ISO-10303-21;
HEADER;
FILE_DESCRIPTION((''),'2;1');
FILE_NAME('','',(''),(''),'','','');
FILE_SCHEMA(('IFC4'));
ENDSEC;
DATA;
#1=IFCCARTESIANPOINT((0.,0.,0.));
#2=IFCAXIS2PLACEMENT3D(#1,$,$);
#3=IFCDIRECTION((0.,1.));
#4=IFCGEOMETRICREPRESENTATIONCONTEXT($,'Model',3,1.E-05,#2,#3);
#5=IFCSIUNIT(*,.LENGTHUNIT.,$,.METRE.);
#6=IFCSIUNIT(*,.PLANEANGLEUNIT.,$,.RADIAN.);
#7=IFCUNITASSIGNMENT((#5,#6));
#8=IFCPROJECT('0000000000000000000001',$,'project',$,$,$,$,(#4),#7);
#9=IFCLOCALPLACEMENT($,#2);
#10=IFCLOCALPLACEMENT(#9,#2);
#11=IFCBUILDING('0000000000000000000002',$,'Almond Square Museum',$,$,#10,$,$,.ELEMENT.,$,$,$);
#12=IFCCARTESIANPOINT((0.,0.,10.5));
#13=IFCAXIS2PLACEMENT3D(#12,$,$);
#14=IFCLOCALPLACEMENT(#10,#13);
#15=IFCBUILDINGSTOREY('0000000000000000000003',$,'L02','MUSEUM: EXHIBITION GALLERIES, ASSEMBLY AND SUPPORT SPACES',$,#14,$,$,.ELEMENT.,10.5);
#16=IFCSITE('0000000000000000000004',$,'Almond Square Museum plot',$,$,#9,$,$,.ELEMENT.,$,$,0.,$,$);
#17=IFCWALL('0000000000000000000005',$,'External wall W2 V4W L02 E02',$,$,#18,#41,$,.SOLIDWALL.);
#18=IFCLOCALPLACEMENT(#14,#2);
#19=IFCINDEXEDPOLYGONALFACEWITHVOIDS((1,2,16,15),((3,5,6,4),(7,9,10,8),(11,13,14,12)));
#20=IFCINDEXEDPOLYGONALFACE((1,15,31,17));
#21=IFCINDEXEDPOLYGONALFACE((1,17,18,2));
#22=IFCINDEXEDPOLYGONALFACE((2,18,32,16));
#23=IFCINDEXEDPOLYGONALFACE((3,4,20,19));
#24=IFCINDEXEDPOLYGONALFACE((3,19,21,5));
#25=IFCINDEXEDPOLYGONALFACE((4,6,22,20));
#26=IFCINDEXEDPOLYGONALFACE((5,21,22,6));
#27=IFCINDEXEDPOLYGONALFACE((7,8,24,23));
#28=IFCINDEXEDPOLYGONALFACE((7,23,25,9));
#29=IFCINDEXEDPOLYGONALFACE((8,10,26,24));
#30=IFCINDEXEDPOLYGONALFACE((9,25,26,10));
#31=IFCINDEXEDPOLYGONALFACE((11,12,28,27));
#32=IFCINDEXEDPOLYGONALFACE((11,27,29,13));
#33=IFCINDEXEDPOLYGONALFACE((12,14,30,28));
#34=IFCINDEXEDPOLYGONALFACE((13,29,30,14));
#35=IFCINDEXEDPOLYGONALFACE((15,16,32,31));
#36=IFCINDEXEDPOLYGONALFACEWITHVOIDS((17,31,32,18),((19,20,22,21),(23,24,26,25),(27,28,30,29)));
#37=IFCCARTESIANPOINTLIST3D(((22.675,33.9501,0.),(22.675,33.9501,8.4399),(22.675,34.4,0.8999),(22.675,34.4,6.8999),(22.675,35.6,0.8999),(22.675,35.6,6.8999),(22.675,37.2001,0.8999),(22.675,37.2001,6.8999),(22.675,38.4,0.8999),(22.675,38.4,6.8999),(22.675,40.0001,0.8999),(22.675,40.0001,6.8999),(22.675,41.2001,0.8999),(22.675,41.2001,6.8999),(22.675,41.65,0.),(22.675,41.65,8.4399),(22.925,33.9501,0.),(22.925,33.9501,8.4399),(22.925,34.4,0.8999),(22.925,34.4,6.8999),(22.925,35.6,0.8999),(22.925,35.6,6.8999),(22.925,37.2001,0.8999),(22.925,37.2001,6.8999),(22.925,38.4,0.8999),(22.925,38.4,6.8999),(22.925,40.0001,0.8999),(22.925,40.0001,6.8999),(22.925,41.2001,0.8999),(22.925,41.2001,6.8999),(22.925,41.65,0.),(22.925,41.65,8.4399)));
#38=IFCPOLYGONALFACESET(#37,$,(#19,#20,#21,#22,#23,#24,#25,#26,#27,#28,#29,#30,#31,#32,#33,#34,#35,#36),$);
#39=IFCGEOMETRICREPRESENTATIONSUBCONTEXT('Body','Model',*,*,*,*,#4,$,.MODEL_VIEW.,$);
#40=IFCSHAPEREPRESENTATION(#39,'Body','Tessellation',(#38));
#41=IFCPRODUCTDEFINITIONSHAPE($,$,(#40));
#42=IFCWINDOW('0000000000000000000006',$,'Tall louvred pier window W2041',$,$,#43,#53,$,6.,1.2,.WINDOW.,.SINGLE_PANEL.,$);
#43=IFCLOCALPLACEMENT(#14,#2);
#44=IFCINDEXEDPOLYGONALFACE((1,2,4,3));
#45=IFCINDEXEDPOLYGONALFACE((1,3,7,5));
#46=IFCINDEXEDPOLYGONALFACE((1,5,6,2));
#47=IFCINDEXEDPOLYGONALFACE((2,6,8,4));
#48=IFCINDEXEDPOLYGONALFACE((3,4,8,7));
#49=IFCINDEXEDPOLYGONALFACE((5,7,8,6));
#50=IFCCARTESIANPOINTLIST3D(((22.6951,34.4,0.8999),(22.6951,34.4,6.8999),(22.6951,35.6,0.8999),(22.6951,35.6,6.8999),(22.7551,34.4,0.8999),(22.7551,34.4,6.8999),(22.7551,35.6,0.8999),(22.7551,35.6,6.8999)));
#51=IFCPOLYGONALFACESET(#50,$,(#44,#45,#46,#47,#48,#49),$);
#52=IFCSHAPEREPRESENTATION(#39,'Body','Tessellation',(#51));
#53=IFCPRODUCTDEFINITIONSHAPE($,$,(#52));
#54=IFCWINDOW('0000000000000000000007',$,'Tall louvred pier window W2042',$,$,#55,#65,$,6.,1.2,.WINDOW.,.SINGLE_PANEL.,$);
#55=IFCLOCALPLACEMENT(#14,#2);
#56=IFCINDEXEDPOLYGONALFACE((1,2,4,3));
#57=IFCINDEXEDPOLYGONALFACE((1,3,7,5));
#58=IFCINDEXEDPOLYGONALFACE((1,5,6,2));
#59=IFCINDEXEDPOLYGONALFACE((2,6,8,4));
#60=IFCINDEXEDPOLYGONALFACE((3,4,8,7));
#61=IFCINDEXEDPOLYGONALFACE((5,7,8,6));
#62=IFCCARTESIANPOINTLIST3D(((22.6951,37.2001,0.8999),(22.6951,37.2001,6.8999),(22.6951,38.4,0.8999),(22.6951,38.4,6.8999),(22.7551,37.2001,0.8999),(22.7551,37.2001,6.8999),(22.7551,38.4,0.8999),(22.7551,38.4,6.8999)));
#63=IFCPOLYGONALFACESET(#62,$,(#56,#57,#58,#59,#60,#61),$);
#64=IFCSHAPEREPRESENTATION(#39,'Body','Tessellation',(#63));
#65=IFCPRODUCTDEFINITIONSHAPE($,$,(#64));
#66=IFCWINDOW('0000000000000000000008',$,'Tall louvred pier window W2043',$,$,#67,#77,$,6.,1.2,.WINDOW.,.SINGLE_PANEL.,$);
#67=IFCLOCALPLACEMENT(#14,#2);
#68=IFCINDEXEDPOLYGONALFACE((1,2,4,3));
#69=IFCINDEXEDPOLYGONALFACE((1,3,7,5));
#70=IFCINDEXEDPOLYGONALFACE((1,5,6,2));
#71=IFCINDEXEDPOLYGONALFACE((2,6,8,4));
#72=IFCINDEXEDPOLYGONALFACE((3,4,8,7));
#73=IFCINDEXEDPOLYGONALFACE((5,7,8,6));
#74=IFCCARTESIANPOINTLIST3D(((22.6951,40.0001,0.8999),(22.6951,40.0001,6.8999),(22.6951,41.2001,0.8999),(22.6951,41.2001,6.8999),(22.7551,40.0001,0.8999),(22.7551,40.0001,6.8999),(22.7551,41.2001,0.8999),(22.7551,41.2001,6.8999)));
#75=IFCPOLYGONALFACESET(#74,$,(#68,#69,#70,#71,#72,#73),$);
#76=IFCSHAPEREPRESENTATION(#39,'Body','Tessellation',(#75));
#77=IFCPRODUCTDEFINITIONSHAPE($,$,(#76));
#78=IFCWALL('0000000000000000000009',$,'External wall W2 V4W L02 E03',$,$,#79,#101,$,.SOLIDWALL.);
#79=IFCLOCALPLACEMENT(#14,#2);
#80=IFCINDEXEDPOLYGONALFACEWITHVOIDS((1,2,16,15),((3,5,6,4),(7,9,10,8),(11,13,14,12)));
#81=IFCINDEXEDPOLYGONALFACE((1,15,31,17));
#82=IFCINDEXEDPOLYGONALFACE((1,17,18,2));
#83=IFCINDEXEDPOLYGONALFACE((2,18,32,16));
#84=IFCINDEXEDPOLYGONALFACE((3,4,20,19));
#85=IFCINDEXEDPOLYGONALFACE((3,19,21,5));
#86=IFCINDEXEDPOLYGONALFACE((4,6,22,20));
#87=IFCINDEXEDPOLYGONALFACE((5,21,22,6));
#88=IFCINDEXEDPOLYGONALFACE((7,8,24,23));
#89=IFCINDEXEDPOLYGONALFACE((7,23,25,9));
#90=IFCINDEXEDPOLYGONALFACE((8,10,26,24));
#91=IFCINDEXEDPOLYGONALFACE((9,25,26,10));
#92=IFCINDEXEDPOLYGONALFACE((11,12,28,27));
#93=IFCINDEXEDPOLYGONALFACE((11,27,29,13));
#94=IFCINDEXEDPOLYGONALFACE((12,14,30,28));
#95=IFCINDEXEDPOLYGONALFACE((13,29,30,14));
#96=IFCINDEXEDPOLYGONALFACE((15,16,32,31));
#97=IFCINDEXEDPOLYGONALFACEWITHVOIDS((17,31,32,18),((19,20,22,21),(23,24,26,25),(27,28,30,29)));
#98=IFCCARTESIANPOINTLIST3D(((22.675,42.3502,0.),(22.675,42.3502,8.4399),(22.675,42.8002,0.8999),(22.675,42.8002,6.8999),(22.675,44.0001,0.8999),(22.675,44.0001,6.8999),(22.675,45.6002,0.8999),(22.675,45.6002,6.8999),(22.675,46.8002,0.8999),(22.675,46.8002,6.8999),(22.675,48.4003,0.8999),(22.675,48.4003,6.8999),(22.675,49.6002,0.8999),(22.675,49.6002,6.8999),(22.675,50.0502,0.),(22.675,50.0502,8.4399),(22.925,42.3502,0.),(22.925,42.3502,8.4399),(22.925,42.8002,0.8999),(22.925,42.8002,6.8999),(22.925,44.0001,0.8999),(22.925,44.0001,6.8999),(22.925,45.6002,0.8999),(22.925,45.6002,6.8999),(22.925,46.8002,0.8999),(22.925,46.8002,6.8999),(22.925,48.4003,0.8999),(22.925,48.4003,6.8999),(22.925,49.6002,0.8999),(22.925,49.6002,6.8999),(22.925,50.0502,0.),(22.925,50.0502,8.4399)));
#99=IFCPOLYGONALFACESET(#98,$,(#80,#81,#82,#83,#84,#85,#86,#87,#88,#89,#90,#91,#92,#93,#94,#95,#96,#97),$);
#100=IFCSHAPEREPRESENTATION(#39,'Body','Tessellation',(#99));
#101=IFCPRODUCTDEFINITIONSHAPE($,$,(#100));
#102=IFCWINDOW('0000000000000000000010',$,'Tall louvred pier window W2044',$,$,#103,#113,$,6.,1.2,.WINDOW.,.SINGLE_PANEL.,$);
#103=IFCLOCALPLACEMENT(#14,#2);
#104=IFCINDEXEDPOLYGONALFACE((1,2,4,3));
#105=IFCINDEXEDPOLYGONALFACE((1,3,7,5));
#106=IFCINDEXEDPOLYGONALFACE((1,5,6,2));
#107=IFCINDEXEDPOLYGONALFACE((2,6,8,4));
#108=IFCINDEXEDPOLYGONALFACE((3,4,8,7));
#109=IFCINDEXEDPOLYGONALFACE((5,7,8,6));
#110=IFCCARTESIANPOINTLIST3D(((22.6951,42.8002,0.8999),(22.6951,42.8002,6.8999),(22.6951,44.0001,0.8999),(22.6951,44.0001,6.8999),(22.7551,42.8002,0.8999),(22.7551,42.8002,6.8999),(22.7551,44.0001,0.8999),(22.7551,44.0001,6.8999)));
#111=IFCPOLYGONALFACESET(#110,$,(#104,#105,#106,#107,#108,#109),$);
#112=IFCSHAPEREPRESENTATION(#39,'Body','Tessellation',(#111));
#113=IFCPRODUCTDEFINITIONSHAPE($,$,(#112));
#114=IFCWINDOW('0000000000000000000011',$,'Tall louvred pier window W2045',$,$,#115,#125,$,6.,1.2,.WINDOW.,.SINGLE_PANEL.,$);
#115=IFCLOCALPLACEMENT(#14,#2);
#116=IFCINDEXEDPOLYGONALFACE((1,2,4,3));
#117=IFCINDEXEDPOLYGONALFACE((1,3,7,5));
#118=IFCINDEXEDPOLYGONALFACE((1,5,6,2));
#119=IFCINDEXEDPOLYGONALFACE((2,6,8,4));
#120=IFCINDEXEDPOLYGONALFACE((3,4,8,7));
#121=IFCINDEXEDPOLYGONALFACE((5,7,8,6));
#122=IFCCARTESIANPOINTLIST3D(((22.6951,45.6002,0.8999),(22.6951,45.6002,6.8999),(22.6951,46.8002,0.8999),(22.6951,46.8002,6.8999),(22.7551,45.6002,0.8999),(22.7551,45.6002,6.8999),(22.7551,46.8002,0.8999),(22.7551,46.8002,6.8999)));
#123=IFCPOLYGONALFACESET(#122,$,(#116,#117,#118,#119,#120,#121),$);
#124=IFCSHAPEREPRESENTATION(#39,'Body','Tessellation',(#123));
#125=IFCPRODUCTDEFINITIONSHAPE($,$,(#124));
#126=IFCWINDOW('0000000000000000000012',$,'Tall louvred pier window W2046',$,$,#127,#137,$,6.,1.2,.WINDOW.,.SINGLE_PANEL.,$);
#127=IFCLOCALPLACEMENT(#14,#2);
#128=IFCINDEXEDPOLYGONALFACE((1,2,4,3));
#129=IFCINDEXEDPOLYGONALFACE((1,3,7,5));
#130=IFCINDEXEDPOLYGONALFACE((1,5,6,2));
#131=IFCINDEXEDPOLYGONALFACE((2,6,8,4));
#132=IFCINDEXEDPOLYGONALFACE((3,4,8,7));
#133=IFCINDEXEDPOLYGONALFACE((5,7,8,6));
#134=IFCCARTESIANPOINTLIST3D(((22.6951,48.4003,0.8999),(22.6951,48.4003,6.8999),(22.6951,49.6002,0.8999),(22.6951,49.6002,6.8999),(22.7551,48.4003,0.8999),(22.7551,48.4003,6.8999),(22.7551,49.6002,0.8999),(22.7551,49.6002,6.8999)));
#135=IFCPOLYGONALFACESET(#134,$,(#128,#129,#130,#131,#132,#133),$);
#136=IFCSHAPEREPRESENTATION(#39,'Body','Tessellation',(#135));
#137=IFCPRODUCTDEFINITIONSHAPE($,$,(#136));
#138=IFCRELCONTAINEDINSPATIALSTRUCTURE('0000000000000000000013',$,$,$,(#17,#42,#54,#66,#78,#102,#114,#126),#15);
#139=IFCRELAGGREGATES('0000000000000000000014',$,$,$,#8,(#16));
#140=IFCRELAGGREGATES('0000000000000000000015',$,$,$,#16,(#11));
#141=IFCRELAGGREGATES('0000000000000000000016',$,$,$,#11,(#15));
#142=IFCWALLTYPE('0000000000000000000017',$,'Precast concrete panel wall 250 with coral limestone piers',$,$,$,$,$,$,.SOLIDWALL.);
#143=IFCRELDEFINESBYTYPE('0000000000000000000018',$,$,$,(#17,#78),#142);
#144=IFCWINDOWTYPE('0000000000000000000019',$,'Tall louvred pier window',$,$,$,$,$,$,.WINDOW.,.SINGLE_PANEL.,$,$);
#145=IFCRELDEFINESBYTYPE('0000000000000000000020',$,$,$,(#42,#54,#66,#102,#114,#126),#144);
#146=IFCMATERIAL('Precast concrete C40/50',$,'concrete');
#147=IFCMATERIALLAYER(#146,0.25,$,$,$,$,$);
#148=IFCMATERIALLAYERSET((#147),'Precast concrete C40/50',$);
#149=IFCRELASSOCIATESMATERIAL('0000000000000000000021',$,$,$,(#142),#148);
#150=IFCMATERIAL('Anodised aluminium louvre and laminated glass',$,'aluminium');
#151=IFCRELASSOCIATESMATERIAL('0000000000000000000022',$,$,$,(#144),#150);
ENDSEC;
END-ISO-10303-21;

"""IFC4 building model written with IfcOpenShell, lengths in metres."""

from ifc_helpers import new_model, si_unit, direction, frame, frame_2d, origin, place, context, subcontext, project, spatial, rectangle, extrude, material, layer, layer_set, type_object, element, fill, save


model = new_model("IFC4")

# Units and contexts
model_context = context("Model", 3, precision=1e-05, world=origin(), true_north=direction((0.0, 1.0)))
body_context = subcontext(model_context, "Body", "Model", "MODEL_VIEW")
ifc_project = project(units=[si_unit("LENGTHUNIT", "METRE"), si_unit("PLANEANGLEUNIT", "RADIAN")], contexts=[model_context])

# Site, building, storey
site_placement = place(None, origin())
site = spatial("IfcSite", under=ifc_project, at=site_placement, Name="Almond Square Museum plot", CompositionType="ELEMENT", RefElevation=0.0)
building_placement = place(site_placement, origin())
building = spatial("IfcBuilding", under=site, at=building_placement, Name="Almond Square Museum", CompositionType="ELEMENT")
storey_placement = place(building_placement, frame((0.0, 0.0, 10.5)))
storey = spatial("IfcBuildingStorey", under=building, at=storey_placement, Name="L02", Description="MUSEUM: EXHIBITION GALLERIES, ASSEMBLY AND SUPPORT SPACES", CompositionType="ELEMENT", Elevation=10.5)

# Walls, openings, windows
ifc_material_1 = material(Name="Precast concrete C40/50", Category="concrete")
ifc_layer = layer(ifc_material_1, 0.25)
ifc_layer_set = layer_set([ifc_layer], Name="Precast concrete C40/50")
wall_type = type_object("IfcWallType", Name="Precast concrete panel wall 250 with coral limestone piers", PredefinedType="SOLIDWALL", material=ifc_layer_set)
wall_1_placement = place(storey_placement, frame((22.8, 33.95, 0.0), z_axis=(0.0, 0.0, 1.0), x_axis=(0.0, 1.0, 0.0)))
wall_1 = element("IfcWall", 1, at=wall_1_placement, inside=storey, type_object=wall_type, Name="External wall W2 V4W L02 E02", PredefinedType="SOLIDWALL", context=body_context, shape_type="SweptSolid", body=[
    extrude(rectangle(XDim=7.7, YDim=0.25, at=frame_2d((3.8501, 0.0))), origin(), (0.0, 0.0, 1.0), 8.4399),
])
opening_1_placement = place(wall_1_placement, frame((0.45, 0.0, 0.8999)))
opening_1 = element("IfcOpeningElement", 2, at=opening_1_placement, cuts=wall_1, PredefinedType="OPENING", context=body_context, shape_type="SweptSolid", body=[
    extrude(rectangle(XDim=1.2, YDim=6.0, at=frame_2d((0.6001, 3.0))), frame((0.0, 0.135, 0.0), z_axis=(0.0, -1.0, 0.0), x_axis=(1.0, 0.0, 0.0)), (0.0, 0.0, 1.0), 0.27),
])
opening_2_placement = place(wall_1_placement, frame((3.25, 0.0, 0.8999)))
opening_2 = element("IfcOpeningElement", 3, at=opening_2_placement, cuts=wall_1, PredefinedType="OPENING", context=body_context, shape_type="SweptSolid", body=[
    extrude(rectangle(XDim=1.2, YDim=6.0, at=frame_2d((0.6001, 3.0))), frame((0.0, 0.135, 0.0), z_axis=(0.0, -1.0, 0.0), x_axis=(1.0, 0.0, 0.0)), (0.0, 0.0, 1.0), 0.27),
])
opening_3_placement = place(wall_1_placement, frame((6.05, 0.0, 0.8999)))
opening_3 = element("IfcOpeningElement", 4, at=opening_3_placement, cuts=wall_1, PredefinedType="OPENING", context=body_context, shape_type="SweptSolid", body=[
    extrude(rectangle(XDim=1.2, YDim=6.0, at=frame_2d((0.6001, 3.0))), frame((0.0, 0.135, 0.0), z_axis=(0.0, -1.0, 0.0), x_axis=(1.0, 0.0, 0.0)), (0.0, 0.0, 1.0), 0.27),
])
ifc_material_2 = material(Name="Anodised aluminium louvre and laminated glass", Category="aluminium")
window_type = type_object("IfcWindowType", Name="Tall louvred pier window", PartitioningType="SINGLE_PANEL", PredefinedType="WINDOW", material=ifc_material_2)
window_1_placement = place(opening_1_placement, origin())
window_1 = element("IfcWindow", 5, at=window_1_placement, inside=storey, type_object=window_type, Name="Tall louvred pier window W2041", OverallHeight=6.0, OverallWidth=1.2, PartitioningType="SINGLE_PANEL", PredefinedType="WINDOW", context=body_context, shape_type="SweptSolid", body=[
    extrude(rectangle(XDim=1.2, YDim=6.0, at=frame_2d((0.6001, 3.0))), frame((0.0, 0.105, 0.0), z_axis=(0.0, -1.0, 0.0), x_axis=(1.0, 0.0, 0.0)), (0.0, 0.0, 1.0), 0.0601),
])
fill(opening_1, window_1)
window_2_placement = place(opening_2_placement, origin())
window_2 = element("IfcWindow", 6, at=window_2_placement, inside=storey, type_object=window_type, Name="Tall louvred pier window W2042", OverallHeight=6.0, OverallWidth=1.2, PartitioningType="SINGLE_PANEL", PredefinedType="WINDOW", context=body_context, shape_type="SweptSolid", body=[
    extrude(rectangle(XDim=1.2, YDim=6.0, at=frame_2d((0.6001, 3.0))), frame((0.0, 0.105, 0.0), z_axis=(0.0, -1.0, 0.0), x_axis=(1.0, 0.0, 0.0)), (0.0, 0.0, 1.0), 0.0601),
])
fill(opening_2, window_2)
window_3_placement = place(opening_3_placement, origin())
window_3 = element("IfcWindow", 7, at=window_3_placement, inside=storey, type_object=window_type, Name="Tall louvred pier window W2043", OverallHeight=6.0, OverallWidth=1.2, PartitioningType="SINGLE_PANEL", PredefinedType="WINDOW", context=body_context, shape_type="SweptSolid", body=[
    extrude(rectangle(XDim=1.2, YDim=6.0, at=frame_2d((0.6001, 3.0))), frame((0.0, 0.105, 0.0), z_axis=(0.0, -1.0, 0.0), x_axis=(1.0, 0.0, 0.0)), (0.0, 0.0, 1.0), 0.0601),
])
fill(opening_3, window_3)
wall_2_placement = place(storey_placement, frame((22.8, 42.3501, 0.0), z_axis=(0.0, 0.0, 1.0), x_axis=(0.0, 1.0, 0.0)))
wall_2 = element("IfcWall", 8, at=wall_2_placement, inside=storey, type_object=wall_type, Name="External wall W2 V4W L02 E03", PredefinedType="SOLIDWALL", context=body_context, shape_type="SweptSolid", body=[
    extrude(rectangle(XDim=7.7, YDim=0.25, at=frame_2d((3.8501, 0.0))), origin(), (0.0, 0.0, 1.0), 8.4399),
])
opening_4_placement = place(wall_2_placement, frame((0.45, 0.0, 0.8999)))
opening_4 = element("IfcOpeningElement", 9, at=opening_4_placement, cuts=wall_2, PredefinedType="OPENING", context=body_context, shape_type="SweptSolid", body=[
    extrude(rectangle(XDim=1.2, YDim=6.0, at=frame_2d((0.6001, 3.0))), frame((0.0, 0.135, 0.0), z_axis=(0.0, -1.0, 0.0), x_axis=(1.0, 0.0, 0.0)), (0.0, 0.0, 1.0), 0.27),
])
opening_5_placement = place(wall_2_placement, frame((3.25, 0.0, 0.8999)))
opening_5 = element("IfcOpeningElement", 10, at=opening_5_placement, cuts=wall_2, PredefinedType="OPENING", context=body_context, shape_type="SweptSolid", body=[
    extrude(rectangle(XDim=1.2, YDim=6.0, at=frame_2d((0.6001, 3.0))), frame((0.0, 0.135, 0.0), z_axis=(0.0, -1.0, 0.0), x_axis=(1.0, 0.0, 0.0)), (0.0, 0.0, 1.0), 0.27),
])
opening_6_placement = place(wall_2_placement, frame((6.05, 0.0, 0.8999)))
opening_6 = element("IfcOpeningElement", 11, at=opening_6_placement, cuts=wall_2, PredefinedType="OPENING", context=body_context, shape_type="SweptSolid", body=[
    extrude(rectangle(XDim=1.2, YDim=6.0, at=frame_2d((0.6001, 3.0))), frame((0.0, 0.135, 0.0), z_axis=(0.0, -1.0, 0.0), x_axis=(1.0, 0.0, 0.0)), (0.0, 0.0, 1.0), 0.27),
])
window_4_placement = place(opening_4_placement, origin())
window_4 = element("IfcWindow", 12, at=window_4_placement, inside=storey, type_object=window_type, Name="Tall louvred pier window W2044", OverallHeight=6.0, OverallWidth=1.2, PartitioningType="SINGLE_PANEL", PredefinedType="WINDOW", context=body_context, shape_type="SweptSolid", body=[
    extrude(rectangle(XDim=1.2, YDim=6.0, at=frame_2d((0.6001, 3.0))), frame((0.0, 0.105, 0.0), z_axis=(0.0, -1.0, 0.0), x_axis=(1.0, 0.0, 0.0)), (0.0, 0.0, 1.0), 0.0601),
])
fill(opening_4, window_4)
window_5_placement = place(opening_5_placement, origin())
window_5 = element("IfcWindow", 13, at=window_5_placement, inside=storey, type_object=window_type, Name="Tall louvred pier window W2045", OverallHeight=6.0, OverallWidth=1.2, PartitioningType="SINGLE_PANEL", PredefinedType="WINDOW", context=body_context, shape_type="SweptSolid", body=[
    extrude(rectangle(XDim=1.2, YDim=6.0, at=frame_2d((0.6001, 3.0))), frame((0.0, 0.105, 0.0), z_axis=(0.0, -1.0, 0.0), x_axis=(1.0, 0.0, 0.0)), (0.0, 0.0, 1.0), 0.0601),
])
fill(opening_5, window_5)
window_6_placement = place(opening_6_placement, origin())
window_6 = element("IfcWindow", 14, at=window_6_placement, inside=storey, type_object=window_type, Name="Tall louvred pier window W2046", OverallHeight=6.0, OverallWidth=1.2, PartitioningType="SINGLE_PANEL", PredefinedType="WINDOW", context=body_context, shape_type="SweptSolid", body=[
    extrude(rectangle(XDim=1.2, YDim=6.0, at=frame_2d((0.6001, 3.0))), frame((0.0, 0.105, 0.0), z_axis=(0.0, -1.0, 0.0), x_axis=(1.0, 0.0, 0.0)), (0.0, 0.0, 1.0), 0.0601),
])
fill(opening_6, window_6)

save(model, "model.ifc")
